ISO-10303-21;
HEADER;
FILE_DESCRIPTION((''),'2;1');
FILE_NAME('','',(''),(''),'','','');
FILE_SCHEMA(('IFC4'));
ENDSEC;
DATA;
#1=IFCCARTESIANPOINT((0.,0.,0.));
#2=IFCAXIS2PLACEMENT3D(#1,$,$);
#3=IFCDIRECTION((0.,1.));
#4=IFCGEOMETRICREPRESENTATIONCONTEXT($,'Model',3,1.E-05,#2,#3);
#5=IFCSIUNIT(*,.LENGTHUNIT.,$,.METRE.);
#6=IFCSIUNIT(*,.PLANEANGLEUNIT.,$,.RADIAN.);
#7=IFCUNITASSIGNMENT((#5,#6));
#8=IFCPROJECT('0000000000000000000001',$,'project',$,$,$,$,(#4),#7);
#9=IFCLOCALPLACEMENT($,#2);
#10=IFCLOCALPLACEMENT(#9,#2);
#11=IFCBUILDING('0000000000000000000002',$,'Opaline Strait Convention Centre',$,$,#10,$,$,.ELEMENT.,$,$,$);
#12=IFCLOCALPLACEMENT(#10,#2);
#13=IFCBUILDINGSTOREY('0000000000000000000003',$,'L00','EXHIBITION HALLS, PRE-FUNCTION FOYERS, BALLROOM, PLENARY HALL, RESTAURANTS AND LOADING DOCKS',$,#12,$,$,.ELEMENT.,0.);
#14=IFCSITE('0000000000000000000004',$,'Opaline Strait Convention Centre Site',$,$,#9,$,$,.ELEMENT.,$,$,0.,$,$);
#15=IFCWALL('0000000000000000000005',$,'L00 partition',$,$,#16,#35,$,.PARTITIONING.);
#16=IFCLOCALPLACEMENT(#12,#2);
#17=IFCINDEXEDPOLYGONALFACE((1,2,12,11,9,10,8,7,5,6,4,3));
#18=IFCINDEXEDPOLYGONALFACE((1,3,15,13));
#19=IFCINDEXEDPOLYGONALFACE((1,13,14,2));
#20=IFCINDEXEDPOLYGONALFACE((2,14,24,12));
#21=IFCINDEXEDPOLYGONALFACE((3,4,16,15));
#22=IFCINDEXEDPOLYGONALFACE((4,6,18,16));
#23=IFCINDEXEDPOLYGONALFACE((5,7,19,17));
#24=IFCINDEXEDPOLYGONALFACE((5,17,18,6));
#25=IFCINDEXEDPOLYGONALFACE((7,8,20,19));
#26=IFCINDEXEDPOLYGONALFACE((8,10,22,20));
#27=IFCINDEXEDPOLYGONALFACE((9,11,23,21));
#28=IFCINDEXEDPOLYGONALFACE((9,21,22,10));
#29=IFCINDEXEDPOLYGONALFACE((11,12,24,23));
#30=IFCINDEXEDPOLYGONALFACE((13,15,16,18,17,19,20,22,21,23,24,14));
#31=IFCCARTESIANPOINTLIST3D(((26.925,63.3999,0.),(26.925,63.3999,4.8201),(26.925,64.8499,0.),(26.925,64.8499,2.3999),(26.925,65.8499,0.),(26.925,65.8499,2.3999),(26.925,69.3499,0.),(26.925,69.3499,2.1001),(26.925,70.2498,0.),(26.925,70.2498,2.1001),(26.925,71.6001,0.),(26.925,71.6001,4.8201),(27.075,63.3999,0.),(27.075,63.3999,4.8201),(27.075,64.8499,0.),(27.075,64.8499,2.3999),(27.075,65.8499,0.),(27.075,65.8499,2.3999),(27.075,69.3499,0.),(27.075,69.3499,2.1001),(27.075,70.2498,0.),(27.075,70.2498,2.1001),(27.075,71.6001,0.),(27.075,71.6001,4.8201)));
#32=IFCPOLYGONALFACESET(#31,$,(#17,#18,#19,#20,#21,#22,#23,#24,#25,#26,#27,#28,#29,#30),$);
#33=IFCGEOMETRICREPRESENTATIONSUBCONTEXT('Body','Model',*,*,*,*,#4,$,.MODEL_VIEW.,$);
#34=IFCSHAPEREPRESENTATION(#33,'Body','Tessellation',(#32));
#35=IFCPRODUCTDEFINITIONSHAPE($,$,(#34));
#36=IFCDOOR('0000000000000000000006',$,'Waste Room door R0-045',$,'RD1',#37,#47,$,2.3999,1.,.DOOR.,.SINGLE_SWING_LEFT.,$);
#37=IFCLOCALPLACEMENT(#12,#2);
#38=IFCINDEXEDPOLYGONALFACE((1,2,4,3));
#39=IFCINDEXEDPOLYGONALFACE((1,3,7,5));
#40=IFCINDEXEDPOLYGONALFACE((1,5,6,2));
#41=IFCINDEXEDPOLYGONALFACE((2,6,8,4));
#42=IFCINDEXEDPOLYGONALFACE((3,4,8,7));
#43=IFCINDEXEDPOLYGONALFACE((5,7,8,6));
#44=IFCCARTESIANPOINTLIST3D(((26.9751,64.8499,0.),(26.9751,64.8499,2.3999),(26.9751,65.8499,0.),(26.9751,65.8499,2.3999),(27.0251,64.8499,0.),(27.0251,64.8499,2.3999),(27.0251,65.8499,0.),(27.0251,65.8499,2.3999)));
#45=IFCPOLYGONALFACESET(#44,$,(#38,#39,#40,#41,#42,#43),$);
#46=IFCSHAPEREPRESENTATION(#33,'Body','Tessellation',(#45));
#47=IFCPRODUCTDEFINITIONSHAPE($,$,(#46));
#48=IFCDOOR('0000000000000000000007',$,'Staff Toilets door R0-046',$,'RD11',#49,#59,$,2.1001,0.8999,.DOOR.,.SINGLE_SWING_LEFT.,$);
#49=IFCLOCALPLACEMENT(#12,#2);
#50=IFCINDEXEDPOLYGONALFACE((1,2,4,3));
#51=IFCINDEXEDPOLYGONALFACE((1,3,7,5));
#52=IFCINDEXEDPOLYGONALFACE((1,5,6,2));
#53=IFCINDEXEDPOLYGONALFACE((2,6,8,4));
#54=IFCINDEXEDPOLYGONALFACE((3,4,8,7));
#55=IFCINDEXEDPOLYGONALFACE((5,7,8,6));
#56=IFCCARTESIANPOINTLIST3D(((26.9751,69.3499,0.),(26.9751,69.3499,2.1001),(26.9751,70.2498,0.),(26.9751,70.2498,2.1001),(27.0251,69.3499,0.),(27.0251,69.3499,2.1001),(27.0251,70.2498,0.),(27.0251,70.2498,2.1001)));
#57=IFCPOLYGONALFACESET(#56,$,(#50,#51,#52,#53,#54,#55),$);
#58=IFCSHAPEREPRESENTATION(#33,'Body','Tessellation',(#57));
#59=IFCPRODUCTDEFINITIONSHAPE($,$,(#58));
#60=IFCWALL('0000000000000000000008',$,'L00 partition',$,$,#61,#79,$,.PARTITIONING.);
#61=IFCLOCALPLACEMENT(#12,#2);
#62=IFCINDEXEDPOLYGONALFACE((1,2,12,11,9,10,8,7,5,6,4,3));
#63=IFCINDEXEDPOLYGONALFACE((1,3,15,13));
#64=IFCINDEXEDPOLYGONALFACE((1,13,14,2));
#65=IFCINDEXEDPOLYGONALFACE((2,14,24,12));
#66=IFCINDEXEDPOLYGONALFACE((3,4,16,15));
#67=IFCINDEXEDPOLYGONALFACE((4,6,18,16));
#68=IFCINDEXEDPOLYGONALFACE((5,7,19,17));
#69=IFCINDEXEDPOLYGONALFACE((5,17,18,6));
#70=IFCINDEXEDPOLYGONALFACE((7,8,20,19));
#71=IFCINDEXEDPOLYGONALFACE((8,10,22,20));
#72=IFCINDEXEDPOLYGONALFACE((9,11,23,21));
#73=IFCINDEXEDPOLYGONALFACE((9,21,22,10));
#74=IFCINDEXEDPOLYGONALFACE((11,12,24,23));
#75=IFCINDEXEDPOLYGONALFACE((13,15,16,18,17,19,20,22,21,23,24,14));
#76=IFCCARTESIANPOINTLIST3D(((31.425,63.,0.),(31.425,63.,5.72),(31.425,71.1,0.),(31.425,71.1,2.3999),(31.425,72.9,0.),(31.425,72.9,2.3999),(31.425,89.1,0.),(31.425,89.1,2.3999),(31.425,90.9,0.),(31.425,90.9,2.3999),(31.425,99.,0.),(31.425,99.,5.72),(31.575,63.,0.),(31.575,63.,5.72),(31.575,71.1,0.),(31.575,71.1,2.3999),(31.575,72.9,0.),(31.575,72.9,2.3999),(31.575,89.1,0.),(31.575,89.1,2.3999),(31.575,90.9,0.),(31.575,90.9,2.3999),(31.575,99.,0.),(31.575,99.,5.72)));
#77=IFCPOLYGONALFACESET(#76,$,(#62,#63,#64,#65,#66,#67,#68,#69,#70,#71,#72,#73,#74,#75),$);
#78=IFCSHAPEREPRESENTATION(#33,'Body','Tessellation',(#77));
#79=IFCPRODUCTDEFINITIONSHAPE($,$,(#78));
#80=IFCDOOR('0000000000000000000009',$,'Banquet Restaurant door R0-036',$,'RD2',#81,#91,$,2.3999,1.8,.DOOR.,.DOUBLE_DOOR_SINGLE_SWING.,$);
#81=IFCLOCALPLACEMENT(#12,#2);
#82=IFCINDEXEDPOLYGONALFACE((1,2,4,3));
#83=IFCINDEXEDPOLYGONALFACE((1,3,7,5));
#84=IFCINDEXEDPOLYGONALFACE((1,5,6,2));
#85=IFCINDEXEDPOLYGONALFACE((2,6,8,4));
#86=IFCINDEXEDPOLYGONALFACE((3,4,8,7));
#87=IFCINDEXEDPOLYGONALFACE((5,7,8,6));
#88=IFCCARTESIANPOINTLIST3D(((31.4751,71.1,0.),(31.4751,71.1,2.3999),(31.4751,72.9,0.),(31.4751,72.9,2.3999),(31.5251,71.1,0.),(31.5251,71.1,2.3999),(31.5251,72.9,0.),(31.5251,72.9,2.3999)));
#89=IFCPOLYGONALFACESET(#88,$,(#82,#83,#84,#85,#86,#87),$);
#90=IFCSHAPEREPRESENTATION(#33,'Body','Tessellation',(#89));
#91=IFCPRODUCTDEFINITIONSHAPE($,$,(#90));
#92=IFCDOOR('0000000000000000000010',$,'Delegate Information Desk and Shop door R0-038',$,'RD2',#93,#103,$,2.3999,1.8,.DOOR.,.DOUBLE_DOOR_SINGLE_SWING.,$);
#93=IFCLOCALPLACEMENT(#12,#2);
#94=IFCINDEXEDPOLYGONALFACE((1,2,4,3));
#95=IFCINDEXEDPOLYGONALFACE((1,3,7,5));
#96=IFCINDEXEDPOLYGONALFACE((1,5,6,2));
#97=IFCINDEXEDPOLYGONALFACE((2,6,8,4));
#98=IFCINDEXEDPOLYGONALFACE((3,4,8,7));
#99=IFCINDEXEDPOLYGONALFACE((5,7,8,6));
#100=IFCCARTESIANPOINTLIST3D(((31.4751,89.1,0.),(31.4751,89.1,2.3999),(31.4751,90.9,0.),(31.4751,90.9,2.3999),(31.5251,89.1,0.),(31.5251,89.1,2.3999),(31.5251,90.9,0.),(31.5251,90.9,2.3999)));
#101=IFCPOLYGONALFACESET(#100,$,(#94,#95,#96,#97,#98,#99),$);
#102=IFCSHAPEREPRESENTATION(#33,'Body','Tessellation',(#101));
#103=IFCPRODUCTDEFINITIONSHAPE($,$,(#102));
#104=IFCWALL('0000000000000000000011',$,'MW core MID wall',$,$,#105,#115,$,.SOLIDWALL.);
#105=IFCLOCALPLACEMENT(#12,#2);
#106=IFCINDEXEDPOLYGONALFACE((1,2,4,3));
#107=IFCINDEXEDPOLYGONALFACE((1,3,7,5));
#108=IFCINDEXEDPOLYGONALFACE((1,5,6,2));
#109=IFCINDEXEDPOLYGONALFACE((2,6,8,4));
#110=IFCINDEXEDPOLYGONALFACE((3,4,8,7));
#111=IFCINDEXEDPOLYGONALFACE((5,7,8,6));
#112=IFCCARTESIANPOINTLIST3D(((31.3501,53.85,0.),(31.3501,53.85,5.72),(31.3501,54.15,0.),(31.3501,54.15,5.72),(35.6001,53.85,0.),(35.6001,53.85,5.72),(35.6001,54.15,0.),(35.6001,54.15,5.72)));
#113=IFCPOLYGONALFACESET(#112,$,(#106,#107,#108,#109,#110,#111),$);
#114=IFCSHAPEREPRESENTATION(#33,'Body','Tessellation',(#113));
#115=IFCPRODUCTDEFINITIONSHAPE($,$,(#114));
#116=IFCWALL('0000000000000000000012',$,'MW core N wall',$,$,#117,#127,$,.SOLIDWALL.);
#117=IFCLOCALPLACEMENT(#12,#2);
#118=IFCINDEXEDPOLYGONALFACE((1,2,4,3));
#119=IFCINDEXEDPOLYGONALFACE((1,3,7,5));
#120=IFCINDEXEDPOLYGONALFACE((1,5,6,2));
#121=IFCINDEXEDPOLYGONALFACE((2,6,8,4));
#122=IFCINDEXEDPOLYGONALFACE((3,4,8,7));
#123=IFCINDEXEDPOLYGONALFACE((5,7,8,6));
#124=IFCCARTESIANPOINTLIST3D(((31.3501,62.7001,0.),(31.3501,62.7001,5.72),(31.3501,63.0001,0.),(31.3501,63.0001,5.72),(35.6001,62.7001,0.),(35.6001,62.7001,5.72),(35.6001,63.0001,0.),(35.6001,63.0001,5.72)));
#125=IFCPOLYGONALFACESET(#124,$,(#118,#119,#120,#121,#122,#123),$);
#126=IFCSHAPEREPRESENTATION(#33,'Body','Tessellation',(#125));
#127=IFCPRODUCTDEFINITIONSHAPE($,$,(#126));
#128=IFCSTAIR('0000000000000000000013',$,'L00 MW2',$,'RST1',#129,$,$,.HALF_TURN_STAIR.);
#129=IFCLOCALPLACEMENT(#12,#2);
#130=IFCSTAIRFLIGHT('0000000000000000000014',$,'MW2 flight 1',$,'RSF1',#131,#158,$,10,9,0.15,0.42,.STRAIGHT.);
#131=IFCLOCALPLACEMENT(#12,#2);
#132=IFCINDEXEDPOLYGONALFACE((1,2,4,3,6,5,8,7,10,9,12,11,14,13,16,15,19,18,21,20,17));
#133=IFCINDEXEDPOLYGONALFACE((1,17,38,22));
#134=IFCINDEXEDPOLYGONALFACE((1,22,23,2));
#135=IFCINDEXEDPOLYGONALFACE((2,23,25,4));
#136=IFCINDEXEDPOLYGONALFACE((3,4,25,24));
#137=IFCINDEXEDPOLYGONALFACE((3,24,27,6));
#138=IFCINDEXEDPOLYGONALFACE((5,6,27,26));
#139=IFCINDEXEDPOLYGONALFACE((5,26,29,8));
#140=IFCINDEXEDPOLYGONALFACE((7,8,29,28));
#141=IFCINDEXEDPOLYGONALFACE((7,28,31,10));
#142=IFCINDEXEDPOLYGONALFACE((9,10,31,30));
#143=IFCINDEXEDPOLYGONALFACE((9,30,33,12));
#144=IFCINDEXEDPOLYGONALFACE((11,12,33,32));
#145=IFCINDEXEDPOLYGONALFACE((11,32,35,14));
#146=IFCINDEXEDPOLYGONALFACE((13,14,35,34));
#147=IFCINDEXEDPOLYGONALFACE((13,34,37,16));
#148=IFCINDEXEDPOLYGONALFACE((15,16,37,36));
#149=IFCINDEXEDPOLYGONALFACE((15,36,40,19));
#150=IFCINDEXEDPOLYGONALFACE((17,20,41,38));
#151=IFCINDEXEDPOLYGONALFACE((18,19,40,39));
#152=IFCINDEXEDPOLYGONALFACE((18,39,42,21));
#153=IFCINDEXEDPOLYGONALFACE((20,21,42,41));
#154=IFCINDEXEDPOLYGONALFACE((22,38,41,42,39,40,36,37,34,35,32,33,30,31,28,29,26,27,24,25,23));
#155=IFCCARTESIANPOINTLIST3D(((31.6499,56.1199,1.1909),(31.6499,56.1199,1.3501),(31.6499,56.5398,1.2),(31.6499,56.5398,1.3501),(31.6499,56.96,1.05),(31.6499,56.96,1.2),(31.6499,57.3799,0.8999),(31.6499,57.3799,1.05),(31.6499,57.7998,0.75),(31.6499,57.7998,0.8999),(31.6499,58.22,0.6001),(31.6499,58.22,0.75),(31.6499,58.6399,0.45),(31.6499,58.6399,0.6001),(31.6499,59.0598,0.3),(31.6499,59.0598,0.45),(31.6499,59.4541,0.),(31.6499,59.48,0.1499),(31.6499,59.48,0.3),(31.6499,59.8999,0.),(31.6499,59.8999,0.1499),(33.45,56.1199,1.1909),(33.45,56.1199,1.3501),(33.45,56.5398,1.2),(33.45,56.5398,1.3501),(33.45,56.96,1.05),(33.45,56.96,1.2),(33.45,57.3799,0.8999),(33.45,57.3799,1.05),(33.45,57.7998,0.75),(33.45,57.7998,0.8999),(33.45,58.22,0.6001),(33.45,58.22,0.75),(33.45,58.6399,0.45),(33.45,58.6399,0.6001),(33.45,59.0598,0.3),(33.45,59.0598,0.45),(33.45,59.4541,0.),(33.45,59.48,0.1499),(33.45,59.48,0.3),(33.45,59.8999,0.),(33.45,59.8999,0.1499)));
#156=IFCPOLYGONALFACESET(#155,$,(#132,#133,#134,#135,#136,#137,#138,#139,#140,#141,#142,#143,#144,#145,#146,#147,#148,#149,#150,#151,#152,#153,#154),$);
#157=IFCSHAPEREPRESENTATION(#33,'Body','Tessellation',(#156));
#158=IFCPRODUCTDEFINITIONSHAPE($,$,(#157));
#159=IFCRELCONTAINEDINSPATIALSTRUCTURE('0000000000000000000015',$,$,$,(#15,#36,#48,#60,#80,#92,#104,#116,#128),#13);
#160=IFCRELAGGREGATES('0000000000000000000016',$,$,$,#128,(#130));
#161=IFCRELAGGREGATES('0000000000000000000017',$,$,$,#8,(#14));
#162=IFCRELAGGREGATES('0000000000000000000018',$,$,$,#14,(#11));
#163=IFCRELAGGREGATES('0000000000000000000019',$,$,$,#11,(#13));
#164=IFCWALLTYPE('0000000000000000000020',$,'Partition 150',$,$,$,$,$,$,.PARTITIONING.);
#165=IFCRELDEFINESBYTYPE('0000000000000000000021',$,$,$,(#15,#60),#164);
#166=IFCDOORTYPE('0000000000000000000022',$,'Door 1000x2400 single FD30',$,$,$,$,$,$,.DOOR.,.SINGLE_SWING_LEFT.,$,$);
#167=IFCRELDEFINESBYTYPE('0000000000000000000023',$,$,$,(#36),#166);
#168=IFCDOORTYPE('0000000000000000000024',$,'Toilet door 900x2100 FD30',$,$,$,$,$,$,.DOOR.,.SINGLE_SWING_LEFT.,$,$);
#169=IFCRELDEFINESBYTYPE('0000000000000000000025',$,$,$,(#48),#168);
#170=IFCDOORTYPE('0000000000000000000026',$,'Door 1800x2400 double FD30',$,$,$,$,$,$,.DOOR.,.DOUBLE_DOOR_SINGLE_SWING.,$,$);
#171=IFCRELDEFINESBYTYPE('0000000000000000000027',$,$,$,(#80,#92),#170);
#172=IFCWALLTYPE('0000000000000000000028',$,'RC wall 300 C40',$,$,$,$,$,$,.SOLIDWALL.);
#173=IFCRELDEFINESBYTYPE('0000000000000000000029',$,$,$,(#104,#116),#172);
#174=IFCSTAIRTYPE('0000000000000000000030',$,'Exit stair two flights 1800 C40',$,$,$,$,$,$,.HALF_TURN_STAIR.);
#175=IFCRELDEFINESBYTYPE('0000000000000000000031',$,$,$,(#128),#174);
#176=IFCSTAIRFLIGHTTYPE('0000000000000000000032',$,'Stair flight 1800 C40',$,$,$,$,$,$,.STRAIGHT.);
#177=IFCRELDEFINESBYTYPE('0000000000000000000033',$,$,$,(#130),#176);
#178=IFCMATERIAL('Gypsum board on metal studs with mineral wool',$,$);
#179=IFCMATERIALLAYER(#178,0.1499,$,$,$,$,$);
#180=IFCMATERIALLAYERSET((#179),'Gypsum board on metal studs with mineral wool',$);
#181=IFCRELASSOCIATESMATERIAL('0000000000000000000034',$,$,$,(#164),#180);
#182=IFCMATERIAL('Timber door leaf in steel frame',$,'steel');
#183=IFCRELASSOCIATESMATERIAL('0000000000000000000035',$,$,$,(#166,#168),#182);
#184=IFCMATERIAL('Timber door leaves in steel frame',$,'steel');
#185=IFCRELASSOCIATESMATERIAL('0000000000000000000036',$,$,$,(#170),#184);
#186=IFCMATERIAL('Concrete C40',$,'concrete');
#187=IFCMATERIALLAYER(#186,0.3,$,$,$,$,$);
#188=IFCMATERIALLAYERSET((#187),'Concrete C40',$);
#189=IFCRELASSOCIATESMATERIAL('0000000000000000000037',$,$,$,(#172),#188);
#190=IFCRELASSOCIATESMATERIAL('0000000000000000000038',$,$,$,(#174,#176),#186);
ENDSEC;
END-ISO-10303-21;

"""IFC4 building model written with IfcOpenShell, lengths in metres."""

from ifc_helpers import new_model, si_unit, direction, frame, frame_2d, origin, place, context, subcontext, project, spatial, polyline, rectangle, outline, extrude, material, layer, layer_set, type_object, element, fill, aggregate, save


model = new_model("IFC4")

# Units and contexts
model_context = context("Model", 3, precision=1e-05, world=origin(), true_north=direction((0.0, 1.0)))
body_context = subcontext(model_context, "Body", "Model", "MODEL_VIEW")
ifc_project = project(units=[si_unit("LENGTHUNIT", "METRE"), si_unit("PLANEANGLEUNIT", "RADIAN")], contexts=[model_context])

# Site, building, storey
site_placement = place(None, origin())
site = spatial("IfcSite", under=ifc_project, at=site_placement, Name="Opaline Strait Convention Centre Site", CompositionType="ELEMENT", RefElevation=0.0)
building_placement = place(site_placement, origin())
building = spatial("IfcBuilding", under=site, at=building_placement, Name="Opaline Strait Convention Centre", CompositionType="ELEMENT")
storey_placement = place(building_placement, origin())
storey = spatial("IfcBuildingStorey", under=building, at=storey_placement, Name="L00", Description="EXHIBITION HALLS, PRE-FUNCTION FOYERS, BALLROOM, PLENARY HALL, RESTAURANTS AND LOADING DOCKS", CompositionType="ELEMENT", Elevation=0.0)

# Shared definitions
ifc_material_1 = material(Name="Concrete C40", Category="concrete")

# Shared definitions
ifc_material_2 = material(Name="Gypsum board on metal studs with mineral wool")
ifc_layer_1 = layer(ifc_material_2, 0.1499)
ifc_layer_set_1 = layer_set([ifc_layer_1], Name="Gypsum board on metal studs with mineral wool")
wall_type_1 = type_object("IfcWallType", Name="Partition 150", PredefinedType="PARTITIONING", material=ifc_layer_set_1)
ifc_material_3 = material(Name="Timber door leaf in steel frame", Category="steel")
door_type_1 = type_object("IfcDoorType", Name="Door 1000x2400 single FD30", OperationType="SINGLE_SWING_LEFT", PredefinedType="DOOR", material=ifc_material_3)

# Walls, openings, doors
wall_1_placement = place(storey_placement, frame((27.0, 63.3999, 0.0), z_axis=(0.0, 0.0, 1.0), x_axis=(0.0, 1.0, 0.0)))
wall_1 = element("IfcWall", 1, at=wall_1_placement, inside=storey, type_object=wall_type_1, Name="L00 partition", PredefinedType="PARTITIONING", context=body_context, shape_type="SweptSolid", body=[
    extrude(rectangle(XDim=8.2002, YDim=0.1499, at=frame_2d((4.1001, 0.0))), origin(), (0.0, 0.0, 1.0), 4.8201),
])
opening_1_placement = place(wall_1_placement, frame((1.45, 0.0, 0.0)))
opening_1 = element("IfcOpeningElement", 2, at=opening_1_placement, cuts=wall_1, PredefinedType="OPENING", context=body_context, shape_type="SweptSolid", body=[
    extrude(rectangle(XDim=1.0, YDim=2.3999, at=frame_2d((0.5, 1.2))), frame((0.0, 0.085, 0.0), z_axis=(0.0, -1.0, 0.0), x_axis=(1.0, 0.0, 0.0)), (0.0, 0.0, 1.0), 0.1699),
])
opening_2_placement = place(wall_1_placement, frame((5.95, 0.0, 0.0)))
opening_2 = element("IfcOpeningElement", 3, at=opening_2_placement, cuts=wall_1, PredefinedType="OPENING", context=body_context, shape_type="SweptSolid", body=[
    extrude(rectangle(XDim=0.8999, YDim=2.1001, at=frame_2d((0.45, 1.05))), frame((0.0, 0.085, 0.0), z_axis=(0.0, -1.0, 0.0), x_axis=(1.0, 0.0, 0.0)), (0.0, 0.0, 1.0), 0.1699),
])
door_1_placement = place(opening_1_placement, origin())
door_1 = element("IfcDoor", 4, at=door_1_placement, inside=storey, type_object=door_type_1, Name="Waste Room door R0-045", ObjectType="RD1", OperationType="SINGLE_SWING_LEFT", OverallHeight=2.3999, OverallWidth=1.0, PredefinedType="DOOR", context=body_context, shape_type="SweptSolid", body=[
    extrude(rectangle(XDim=1.0, YDim=2.3999, at=frame_2d((0.5, 1.2))), frame((0.0, 0.0249, 0.0), z_axis=(0.0, -1.0, 0.0), x_axis=(1.0, 0.0, 0.0)), (0.0, 0.0, 1.0), 0.05),
])
fill(opening_1, door_1)
door_type_2 = type_object("IfcDoorType", Name="Toilet door 900x2100 FD30", OperationType="SINGLE_SWING_LEFT", PredefinedType="DOOR", material=ifc_material_3)
door_2_placement = place(opening_2_placement, origin())
door_2 = element("IfcDoor", 5, at=door_2_placement, inside=storey, type_object=door_type_2, Name="Staff Toilets door R0-046", ObjectType="RD11", OperationType="SINGLE_SWING_LEFT", OverallHeight=2.1001, OverallWidth=0.8999, PredefinedType="DOOR", context=body_context, shape_type="SweptSolid", body=[
    extrude(rectangle(XDim=0.8999, YDim=2.1001, at=frame_2d((0.45, 1.05))), frame((0.0, 0.0249, 0.0), z_axis=(0.0, -1.0, 0.0), x_axis=(1.0, 0.0, 0.0)), (0.0, 0.0, 1.0), 0.05),
])
fill(opening_2, door_2)
wall_2_placement = place(storey_placement, frame((31.5, 63.0, 0.0), z_axis=(0.0, 0.0, 1.0), x_axis=(0.0, 1.0, 0.0)))
wall_2 = element("IfcWall", 6, at=wall_2_placement, inside=storey, type_object=wall_type_1, Name="L00 partition", PredefinedType="PARTITIONING", context=body_context, shape_type="SweptSolid", body=[
    extrude(rectangle(XDim=36.0, YDim=0.1499, at=frame_2d((18.0, 0.0))), origin(), (0.0, 0.0, 1.0), 5.72),
])
opening_3_placement = place(wall_2_placement, frame((8.1001, 0.0, 0.0)))
opening_3 = element("IfcOpeningElement", 7, at=opening_3_placement, cuts=wall_2, PredefinedType="OPENING", context=body_context, shape_type="SweptSolid", body=[
    extrude(rectangle(XDim=1.8, YDim=2.3999, at=frame_2d((0.8999, 1.2))), frame((0.0, 0.085, 0.0), z_axis=(0.0, -1.0, 0.0), x_axis=(1.0, 0.0, 0.0)), (0.0, 0.0, 1.0), 0.1699),
])
opening_4_placement = place(wall_2_placement, frame((26.1001, 0.0, 0.0)))
opening_4 = element("IfcOpeningElement", 8, at=opening_4_placement, cuts=wall_2, PredefinedType="OPENING", context=body_context, shape_type="SweptSolid", body=[
    extrude(rectangle(XDim=1.8, YDim=2.3999, at=frame_2d((0.8999, 1.2))), frame((0.0, 0.085, 0.0), z_axis=(0.0, -1.0, 0.0), x_axis=(1.0, 0.0, 0.0)), (0.0, 0.0, 1.0), 0.1699),
])
ifc_material_4 = material(Name="Timber door leaves in steel frame", Category="steel")
door_type_3 = type_object("IfcDoorType", Name="Door 1800x2400 double FD30", OperationType="DOUBLE_DOOR_SINGLE_SWING", PredefinedType="DOOR", material=ifc_material_4)
door_3_placement = place(opening_3_placement, origin())
door_3 = element("IfcDoor", 9, at=door_3_placement, inside=storey, type_object=door_type_3, Name="Banquet Restaurant door R0-036", ObjectType="RD2", OperationType="DOUBLE_DOOR_SINGLE_SWING", OverallHeight=2.3999, OverallWidth=1.8, PredefinedType="DOOR", context=body_context, shape_type="SweptSolid", body=[
    extrude(rectangle(XDim=1.8, YDim=2.3999, at=frame_2d((0.8999, 1.2))), frame((0.0, 0.0249, 0.0), z_axis=(0.0, -1.0, 0.0), x_axis=(1.0, 0.0, 0.0)), (0.0, 0.0, 1.0), 0.05),
])
fill(opening_3, door_3)
door_4_placement = place(opening_4_placement, origin())
door_4 = element("IfcDoor", 10, at=door_4_placement, inside=storey, type_object=door_type_3, Name="Delegate Information Desk and Shop door R0-038", ObjectType="RD2", OperationType="DOUBLE_DOOR_SINGLE_SWING", OverallHeight=2.3999, OverallWidth=1.8, PredefinedType="DOOR", context=body_context, shape_type="SweptSolid", body=[
    extrude(rectangle(XDim=1.8, YDim=2.3999, at=frame_2d((0.8999, 1.2))), frame((0.0, 0.0249, 0.0), z_axis=(0.0, -1.0, 0.0), x_axis=(1.0, 0.0, 0.0)), (0.0, 0.0, 1.0), 0.05),
])
fill(opening_4, door_4)

# Walls
ifc_layer_2 = layer(ifc_material_1, 0.3)
ifc_layer_set_2 = layer_set([ifc_layer_2], Name="Concrete C40")
wall_type_2 = type_object("IfcWallType", Name="RC wall 300 C40", PredefinedType="SOLIDWALL", material=ifc_layer_set_2)
for number, where, z_axis, x_axis, name in (
    (11, (31.3501, 54.0, 0.0), (0.0, 0.0, 1.0), (1.0, 0.0, 0.0), "MW core MID wall"),
    (12, (31.3501, 62.8501, 0.0), (0.0, 0.0, 1.0), (1.0, 0.0, 0.0), "MW core N wall"),
):
    element("IfcWall", number, at=place(storey_placement, frame(where, z_axis=z_axis, x_axis=x_axis)), inside=storey, type_object=wall_type_2, Name=name, PredefinedType="SOLIDWALL", context=body_context, shape_type="SweptSolid", body=[
        extrude(rectangle(XDim=4.25, YDim=0.3, at=frame_2d((2.125, 0.0))), origin(), (0.0, 0.0, 1.0), 5.72),
    ])

# Stair, stair flight
stair_type = type_object("IfcStairType", Name="Exit stair two flights 1800 C40", PredefinedType="HALF_TURN_STAIR", material=ifc_material_1)
stair_placement = place(storey_placement, origin())
stair = element("IfcStair", 13, at=stair_placement, inside=storey, type_object=stair_type, Name="L00 MW2", ObjectType="RST1", PredefinedType="HALF_TURN_STAIR")
stair_flight_type = type_object("IfcStairFlightType", Name="Stair flight 1800 C40", PredefinedType="STRAIGHT", material=ifc_material_1)
stair_flight_1_placement = place(storey_placement, frame((32.55, 59.8999, 0.0), z_axis=(0.0, 0.0, 1.0), x_axis=(0.0, -1.0, 0.0)))
stair_flight_1 = element("IfcStairFlight", 14, at=stair_flight_1_placement, type_object=stair_flight_type, Name="MW2 flight 1", ObjectType="RSF1", NumberOfRisers=10, NumberOfTreads=9, PredefinedType="STRAIGHT", RiserHeight=0.15, TreadLength=0.42, context=body_context, shape_type="SweptSolid", body=[
    extrude(outline(polyline([(0.0, 0.0), (0.0, 0.1499), (0.4199, 0.1499), (0.4199, 0.3), (0.8401, 0.3), (0.8401, 0.45), (1.26, 0.45), (1.26, 0.6001), (1.6799, 0.6001), (1.6799, 0.75), (2.1001, 0.75), (2.1001, 0.8999), (2.52, 0.8999), (2.52, 1.05), (2.9399, 1.05), (2.9399, 1.2), (3.3601, 1.2), (3.3601, 1.3501), (3.78, 1.3501), (3.78, 1.5), (3.78, 1.1909), (0.4458, 0.0), (0.0, 0.0)])), frame((0.0, 0.8999, 0.0), z_axis=(0.0, -1.0, 0.0), x_axis=(1.0, 0.0, 0.0)), (0.0, 0.0, 1.0), 1.8),
])
aggregate(stair, [stair_flight_1])

save(model, "model.ifc")
